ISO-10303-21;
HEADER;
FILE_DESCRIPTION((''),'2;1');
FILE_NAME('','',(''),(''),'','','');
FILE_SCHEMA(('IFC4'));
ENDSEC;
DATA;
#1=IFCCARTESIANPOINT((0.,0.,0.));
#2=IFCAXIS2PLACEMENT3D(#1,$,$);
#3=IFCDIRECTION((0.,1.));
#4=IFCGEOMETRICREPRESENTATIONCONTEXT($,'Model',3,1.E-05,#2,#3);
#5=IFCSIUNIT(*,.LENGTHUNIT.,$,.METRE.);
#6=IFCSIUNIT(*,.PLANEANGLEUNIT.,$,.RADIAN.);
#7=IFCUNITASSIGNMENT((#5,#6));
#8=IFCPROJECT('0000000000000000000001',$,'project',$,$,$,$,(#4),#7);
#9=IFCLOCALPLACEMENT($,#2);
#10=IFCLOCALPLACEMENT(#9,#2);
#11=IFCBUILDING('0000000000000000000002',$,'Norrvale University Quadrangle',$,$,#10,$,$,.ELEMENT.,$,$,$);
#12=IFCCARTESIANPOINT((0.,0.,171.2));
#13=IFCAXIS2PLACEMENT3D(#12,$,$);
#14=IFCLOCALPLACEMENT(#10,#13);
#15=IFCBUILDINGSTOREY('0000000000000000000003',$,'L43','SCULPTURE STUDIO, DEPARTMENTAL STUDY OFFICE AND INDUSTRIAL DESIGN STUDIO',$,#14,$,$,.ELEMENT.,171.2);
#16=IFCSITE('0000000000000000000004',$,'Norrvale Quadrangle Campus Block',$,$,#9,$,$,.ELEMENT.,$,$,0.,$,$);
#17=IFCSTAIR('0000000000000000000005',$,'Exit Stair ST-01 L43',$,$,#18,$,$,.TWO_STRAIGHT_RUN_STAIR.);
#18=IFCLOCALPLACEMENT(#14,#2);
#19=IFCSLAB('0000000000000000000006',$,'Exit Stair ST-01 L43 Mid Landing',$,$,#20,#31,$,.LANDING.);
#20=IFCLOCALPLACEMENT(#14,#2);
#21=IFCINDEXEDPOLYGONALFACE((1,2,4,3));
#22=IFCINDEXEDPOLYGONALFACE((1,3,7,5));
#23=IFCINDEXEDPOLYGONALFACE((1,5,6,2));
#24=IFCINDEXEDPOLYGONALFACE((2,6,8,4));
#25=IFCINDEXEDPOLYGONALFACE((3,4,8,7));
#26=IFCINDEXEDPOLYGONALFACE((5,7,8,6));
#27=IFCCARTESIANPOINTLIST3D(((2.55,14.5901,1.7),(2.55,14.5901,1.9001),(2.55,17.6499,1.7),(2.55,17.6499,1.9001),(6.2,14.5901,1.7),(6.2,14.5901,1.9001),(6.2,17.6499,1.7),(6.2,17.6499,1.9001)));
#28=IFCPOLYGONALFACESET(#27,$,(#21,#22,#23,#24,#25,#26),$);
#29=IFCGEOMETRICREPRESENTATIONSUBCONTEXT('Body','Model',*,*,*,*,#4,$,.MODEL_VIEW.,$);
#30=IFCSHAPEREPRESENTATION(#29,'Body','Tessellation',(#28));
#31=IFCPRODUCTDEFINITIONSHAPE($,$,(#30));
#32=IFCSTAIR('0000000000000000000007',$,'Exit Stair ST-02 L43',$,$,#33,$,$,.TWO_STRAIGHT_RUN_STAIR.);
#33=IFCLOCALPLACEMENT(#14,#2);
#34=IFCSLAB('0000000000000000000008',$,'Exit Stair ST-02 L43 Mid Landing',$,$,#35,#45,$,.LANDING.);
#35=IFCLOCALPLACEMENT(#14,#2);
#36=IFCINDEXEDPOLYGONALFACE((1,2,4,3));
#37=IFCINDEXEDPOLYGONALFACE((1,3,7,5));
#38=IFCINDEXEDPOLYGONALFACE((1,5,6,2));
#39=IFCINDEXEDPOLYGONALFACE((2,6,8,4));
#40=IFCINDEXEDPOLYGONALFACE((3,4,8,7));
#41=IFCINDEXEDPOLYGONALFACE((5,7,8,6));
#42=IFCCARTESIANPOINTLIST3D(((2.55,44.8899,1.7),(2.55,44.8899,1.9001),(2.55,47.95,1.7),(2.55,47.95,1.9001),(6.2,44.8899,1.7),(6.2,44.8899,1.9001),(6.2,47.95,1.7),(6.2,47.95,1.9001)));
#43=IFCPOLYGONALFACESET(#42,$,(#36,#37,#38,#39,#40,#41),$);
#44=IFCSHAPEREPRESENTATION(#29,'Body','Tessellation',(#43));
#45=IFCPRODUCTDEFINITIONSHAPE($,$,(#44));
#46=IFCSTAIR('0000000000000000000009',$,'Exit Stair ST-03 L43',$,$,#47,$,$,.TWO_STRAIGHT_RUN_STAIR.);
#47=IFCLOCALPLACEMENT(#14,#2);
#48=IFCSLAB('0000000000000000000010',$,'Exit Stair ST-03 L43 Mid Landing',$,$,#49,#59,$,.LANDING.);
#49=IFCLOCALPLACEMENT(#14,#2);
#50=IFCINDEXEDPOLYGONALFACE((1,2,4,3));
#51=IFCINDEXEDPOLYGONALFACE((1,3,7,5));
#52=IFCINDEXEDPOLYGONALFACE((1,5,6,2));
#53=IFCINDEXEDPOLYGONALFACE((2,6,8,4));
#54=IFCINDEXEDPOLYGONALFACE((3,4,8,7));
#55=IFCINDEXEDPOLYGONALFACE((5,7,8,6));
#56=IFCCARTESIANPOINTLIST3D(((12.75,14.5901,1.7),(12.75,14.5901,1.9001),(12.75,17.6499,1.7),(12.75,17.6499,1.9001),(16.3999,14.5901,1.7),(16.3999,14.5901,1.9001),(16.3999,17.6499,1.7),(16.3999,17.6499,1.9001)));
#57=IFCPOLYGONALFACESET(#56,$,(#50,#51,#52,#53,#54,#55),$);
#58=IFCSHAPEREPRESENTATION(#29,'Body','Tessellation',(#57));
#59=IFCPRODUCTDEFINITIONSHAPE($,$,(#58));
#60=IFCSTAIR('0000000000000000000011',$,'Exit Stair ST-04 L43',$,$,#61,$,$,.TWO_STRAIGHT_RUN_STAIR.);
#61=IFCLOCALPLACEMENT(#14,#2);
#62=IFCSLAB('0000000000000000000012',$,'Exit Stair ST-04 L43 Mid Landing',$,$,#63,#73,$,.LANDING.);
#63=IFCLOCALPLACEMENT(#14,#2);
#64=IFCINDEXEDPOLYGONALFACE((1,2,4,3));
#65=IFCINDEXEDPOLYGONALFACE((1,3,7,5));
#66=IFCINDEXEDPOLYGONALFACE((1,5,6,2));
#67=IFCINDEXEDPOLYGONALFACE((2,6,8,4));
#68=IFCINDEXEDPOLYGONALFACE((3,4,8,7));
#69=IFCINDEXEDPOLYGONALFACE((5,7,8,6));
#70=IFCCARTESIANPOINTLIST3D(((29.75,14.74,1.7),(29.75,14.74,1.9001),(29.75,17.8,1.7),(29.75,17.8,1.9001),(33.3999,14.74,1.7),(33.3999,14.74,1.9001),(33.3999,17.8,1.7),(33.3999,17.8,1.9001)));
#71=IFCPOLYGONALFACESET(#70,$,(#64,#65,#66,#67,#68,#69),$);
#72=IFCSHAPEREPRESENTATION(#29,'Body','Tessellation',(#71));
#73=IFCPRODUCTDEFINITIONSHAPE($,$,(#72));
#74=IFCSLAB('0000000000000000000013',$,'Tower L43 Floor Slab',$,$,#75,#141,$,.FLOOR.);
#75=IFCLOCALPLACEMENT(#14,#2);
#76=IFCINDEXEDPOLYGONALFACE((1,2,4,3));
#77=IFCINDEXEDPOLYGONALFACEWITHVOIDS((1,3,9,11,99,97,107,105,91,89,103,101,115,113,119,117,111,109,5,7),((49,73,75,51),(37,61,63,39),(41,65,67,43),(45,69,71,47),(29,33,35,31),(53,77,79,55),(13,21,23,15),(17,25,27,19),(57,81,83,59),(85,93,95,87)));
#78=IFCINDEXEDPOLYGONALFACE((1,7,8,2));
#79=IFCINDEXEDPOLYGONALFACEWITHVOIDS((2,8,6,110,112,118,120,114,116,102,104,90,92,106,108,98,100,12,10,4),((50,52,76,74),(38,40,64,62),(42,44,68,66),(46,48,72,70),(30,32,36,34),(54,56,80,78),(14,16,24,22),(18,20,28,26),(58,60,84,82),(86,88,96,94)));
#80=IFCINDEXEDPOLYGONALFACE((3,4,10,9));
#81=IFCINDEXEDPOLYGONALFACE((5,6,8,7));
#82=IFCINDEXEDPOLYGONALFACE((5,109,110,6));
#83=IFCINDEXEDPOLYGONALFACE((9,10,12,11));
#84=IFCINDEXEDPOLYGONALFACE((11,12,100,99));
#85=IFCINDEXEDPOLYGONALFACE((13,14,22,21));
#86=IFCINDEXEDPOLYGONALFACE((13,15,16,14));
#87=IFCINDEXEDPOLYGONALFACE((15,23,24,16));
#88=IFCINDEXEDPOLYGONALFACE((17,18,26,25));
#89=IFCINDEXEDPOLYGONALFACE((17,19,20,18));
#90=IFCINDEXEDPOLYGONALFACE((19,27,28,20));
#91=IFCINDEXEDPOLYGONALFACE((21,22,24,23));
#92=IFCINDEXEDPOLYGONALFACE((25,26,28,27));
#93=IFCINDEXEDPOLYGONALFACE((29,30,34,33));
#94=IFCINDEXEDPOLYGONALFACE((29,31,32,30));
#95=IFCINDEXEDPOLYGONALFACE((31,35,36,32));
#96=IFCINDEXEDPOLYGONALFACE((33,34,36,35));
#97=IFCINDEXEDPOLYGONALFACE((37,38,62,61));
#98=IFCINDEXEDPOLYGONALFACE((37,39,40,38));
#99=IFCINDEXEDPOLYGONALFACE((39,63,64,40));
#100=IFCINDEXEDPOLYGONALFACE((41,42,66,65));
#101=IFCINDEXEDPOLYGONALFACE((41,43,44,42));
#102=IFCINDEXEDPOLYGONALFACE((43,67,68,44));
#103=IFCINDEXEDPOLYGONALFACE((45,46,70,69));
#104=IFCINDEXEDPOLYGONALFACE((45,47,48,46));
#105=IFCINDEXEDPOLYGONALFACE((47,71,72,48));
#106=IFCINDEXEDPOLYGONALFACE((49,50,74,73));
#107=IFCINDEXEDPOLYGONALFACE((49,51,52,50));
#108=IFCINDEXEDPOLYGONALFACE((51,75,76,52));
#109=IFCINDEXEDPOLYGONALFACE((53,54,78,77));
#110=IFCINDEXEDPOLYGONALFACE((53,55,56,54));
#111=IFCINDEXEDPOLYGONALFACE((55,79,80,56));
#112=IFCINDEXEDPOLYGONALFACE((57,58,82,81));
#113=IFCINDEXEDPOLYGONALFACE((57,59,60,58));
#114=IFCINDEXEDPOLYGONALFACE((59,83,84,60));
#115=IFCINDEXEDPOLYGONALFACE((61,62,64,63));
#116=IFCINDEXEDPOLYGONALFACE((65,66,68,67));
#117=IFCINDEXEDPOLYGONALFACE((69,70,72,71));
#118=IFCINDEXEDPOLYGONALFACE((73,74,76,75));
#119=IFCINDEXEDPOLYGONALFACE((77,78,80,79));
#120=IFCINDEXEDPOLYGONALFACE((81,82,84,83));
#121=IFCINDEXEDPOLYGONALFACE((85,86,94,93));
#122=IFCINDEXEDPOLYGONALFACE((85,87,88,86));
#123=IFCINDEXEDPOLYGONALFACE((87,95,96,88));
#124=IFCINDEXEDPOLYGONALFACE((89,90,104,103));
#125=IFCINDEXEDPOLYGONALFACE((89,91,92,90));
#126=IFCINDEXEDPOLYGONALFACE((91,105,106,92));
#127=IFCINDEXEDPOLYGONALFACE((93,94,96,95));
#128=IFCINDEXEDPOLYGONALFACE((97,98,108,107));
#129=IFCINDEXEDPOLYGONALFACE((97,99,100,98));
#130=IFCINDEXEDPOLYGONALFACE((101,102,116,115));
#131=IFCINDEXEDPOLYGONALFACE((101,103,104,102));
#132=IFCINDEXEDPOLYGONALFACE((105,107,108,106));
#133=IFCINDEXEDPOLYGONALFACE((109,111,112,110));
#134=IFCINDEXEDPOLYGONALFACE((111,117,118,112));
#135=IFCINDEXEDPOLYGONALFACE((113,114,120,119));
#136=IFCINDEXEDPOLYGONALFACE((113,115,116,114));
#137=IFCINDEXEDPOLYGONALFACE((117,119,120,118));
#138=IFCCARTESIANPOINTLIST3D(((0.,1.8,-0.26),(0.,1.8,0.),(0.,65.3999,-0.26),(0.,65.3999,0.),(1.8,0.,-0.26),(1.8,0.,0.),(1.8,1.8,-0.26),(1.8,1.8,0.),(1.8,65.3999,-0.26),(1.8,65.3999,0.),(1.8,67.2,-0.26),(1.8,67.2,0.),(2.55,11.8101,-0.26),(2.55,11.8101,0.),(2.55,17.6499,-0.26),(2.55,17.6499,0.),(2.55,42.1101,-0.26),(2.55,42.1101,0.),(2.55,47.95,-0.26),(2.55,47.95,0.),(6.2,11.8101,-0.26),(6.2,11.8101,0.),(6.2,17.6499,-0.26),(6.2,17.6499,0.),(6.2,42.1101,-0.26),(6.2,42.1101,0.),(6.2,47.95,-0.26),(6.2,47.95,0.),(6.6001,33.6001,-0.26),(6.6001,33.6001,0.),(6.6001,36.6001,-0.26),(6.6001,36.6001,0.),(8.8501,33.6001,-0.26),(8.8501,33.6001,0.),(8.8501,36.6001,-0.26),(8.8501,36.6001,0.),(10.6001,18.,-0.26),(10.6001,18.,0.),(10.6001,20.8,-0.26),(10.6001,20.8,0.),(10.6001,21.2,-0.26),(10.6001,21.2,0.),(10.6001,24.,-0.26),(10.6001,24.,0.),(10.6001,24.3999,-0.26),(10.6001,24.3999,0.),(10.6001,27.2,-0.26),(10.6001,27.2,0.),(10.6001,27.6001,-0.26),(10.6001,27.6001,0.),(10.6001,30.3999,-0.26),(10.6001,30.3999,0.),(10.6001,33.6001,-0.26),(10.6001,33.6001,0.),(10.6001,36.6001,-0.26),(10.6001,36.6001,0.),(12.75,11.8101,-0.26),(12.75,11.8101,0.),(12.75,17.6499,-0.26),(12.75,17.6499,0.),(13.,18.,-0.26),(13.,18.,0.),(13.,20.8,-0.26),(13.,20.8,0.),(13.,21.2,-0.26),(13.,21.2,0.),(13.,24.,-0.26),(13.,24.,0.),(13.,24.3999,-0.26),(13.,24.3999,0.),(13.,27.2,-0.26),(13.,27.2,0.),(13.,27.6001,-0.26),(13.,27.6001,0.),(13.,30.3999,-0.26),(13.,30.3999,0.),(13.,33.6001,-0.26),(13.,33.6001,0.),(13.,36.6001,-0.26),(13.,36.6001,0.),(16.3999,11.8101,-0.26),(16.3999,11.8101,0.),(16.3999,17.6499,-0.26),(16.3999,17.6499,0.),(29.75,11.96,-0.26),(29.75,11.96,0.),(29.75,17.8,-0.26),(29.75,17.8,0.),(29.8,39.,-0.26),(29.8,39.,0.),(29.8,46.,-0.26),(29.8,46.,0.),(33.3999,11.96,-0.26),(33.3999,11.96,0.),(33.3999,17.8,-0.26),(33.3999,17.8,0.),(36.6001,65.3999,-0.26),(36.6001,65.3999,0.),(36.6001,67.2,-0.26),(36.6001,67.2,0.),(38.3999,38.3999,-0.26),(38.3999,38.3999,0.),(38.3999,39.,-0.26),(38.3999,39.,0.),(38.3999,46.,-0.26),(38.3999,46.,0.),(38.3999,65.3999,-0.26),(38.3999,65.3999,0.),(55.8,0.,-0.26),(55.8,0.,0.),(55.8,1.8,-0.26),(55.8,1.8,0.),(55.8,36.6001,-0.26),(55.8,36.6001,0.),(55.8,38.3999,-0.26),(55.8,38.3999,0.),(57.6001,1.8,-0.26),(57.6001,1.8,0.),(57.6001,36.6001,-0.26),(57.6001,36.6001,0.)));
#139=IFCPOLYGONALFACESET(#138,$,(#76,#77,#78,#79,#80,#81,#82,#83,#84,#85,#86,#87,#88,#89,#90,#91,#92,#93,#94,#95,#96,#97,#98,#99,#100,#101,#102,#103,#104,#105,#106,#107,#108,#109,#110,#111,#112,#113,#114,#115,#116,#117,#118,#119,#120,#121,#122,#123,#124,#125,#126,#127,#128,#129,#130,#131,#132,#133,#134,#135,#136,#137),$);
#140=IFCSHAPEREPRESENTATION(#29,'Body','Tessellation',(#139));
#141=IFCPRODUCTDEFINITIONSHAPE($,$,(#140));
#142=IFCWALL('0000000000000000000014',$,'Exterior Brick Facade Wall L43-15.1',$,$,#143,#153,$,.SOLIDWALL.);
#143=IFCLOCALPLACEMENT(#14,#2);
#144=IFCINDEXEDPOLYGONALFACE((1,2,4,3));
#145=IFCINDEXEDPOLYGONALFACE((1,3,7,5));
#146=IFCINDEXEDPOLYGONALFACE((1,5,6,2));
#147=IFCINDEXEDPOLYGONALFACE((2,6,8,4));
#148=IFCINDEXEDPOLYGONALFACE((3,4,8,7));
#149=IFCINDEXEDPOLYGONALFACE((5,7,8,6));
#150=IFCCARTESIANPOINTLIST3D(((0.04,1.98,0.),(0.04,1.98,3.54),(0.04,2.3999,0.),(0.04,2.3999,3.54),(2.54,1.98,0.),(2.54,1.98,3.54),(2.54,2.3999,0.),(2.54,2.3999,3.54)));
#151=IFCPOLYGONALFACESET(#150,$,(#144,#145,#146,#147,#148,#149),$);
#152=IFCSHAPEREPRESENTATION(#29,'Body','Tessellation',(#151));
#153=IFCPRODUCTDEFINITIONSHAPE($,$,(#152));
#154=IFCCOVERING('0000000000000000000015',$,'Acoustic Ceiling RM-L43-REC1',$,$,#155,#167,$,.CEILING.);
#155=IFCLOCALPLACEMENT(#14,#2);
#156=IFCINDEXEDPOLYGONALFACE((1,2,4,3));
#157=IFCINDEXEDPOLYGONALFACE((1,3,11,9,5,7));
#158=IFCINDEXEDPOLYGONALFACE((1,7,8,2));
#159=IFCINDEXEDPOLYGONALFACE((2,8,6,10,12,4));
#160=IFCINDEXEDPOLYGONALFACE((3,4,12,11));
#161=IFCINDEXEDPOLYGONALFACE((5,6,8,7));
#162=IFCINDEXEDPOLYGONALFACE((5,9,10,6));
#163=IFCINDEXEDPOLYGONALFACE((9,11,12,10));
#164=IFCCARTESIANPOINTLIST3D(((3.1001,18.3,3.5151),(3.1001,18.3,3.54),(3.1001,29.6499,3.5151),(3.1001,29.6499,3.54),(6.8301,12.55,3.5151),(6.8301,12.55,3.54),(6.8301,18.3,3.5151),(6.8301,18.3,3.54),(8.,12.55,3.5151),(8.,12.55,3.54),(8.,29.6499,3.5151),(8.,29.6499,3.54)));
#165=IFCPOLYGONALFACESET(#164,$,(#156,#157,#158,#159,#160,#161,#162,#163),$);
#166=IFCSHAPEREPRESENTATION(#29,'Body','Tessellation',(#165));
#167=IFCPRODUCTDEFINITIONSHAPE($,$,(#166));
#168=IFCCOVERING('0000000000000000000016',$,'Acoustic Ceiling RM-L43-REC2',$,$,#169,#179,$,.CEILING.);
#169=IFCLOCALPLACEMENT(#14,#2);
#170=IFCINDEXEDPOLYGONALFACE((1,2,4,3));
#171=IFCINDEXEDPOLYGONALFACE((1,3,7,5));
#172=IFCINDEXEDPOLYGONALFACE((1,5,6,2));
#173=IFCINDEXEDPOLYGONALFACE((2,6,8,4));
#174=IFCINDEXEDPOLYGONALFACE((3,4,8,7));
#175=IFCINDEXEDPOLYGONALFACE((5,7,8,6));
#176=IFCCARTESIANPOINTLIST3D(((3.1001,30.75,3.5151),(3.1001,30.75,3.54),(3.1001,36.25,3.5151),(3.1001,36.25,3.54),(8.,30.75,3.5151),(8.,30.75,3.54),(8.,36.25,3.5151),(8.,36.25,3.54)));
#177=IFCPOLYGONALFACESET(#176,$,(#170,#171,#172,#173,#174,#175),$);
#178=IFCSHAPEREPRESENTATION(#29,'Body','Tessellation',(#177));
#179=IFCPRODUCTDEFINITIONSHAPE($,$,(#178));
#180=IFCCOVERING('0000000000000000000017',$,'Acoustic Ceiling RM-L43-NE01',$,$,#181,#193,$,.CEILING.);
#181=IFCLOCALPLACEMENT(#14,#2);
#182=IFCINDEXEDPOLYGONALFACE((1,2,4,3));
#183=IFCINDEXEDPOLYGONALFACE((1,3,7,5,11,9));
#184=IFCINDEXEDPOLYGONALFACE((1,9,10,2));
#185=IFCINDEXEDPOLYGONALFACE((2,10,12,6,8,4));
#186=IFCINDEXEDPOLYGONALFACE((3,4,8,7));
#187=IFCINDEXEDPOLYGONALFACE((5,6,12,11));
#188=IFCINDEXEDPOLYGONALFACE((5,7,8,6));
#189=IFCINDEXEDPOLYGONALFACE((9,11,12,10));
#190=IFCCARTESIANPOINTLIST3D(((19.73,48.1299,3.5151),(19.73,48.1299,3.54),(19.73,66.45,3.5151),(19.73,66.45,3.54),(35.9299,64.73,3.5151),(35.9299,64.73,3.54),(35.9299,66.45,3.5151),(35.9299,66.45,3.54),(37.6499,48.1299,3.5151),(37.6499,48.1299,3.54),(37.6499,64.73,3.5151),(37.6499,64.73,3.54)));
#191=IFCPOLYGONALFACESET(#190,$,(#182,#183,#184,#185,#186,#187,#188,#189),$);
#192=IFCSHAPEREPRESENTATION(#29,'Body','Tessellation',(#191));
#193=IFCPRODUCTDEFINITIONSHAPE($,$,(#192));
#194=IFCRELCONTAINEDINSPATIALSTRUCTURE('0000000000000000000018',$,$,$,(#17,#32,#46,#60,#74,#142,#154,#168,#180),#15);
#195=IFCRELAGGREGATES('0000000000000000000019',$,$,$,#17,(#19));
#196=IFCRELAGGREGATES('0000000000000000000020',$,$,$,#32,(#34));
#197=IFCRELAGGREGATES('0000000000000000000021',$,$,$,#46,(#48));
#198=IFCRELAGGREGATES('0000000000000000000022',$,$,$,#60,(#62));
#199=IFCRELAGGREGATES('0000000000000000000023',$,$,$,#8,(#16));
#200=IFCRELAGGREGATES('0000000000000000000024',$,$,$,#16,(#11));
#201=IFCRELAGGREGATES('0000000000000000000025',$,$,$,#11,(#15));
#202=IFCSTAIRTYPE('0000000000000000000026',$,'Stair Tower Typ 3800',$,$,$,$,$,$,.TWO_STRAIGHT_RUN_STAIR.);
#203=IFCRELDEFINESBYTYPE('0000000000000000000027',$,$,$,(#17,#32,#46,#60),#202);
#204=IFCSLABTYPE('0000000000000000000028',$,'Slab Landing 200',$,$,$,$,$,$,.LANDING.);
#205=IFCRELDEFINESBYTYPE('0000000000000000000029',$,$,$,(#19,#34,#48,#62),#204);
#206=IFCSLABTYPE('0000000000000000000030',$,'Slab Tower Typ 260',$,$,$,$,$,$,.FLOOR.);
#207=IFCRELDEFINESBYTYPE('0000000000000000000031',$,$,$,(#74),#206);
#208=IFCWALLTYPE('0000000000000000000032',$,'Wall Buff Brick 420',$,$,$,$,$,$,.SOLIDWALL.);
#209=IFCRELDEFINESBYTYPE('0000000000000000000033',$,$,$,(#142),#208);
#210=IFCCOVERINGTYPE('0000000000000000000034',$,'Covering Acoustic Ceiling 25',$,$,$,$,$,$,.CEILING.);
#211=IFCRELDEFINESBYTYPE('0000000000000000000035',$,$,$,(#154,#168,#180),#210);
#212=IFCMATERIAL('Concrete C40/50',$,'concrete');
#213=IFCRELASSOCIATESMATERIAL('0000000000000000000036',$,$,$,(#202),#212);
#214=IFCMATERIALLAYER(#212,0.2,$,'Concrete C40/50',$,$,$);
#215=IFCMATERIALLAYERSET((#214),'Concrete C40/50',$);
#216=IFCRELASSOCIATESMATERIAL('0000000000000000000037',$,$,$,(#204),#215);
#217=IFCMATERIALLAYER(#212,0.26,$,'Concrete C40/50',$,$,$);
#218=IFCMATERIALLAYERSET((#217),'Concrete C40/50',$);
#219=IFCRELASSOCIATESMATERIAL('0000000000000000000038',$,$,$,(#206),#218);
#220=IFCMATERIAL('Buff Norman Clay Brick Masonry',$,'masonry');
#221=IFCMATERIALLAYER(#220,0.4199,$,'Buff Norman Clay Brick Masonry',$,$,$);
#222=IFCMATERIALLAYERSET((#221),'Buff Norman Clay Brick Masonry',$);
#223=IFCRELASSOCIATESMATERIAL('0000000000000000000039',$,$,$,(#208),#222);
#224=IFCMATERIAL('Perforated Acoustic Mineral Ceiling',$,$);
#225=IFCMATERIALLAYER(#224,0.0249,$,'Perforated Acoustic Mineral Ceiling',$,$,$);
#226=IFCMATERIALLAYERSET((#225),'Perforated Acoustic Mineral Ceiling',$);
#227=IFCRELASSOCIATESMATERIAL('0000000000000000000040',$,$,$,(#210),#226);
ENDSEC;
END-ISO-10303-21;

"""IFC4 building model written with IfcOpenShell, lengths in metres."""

from ifc_helpers import new_model, si_unit, direction, frame, frame_2d, origin, place, context, subcontext, project, spatial, polyline, rectangle, outline, extrude, material, layer, layer_set, type_object, element, aggregate, save


model = new_model("IFC4")

# Units and contexts
model_context = context("Model", 3, precision=1e-05, world=origin(), true_north=direction((0.0, 1.0)))
body_context = subcontext(model_context, "Body", "Model", "MODEL_VIEW")
ifc_project = project(units=[si_unit("LENGTHUNIT", "METRE"), si_unit("PLANEANGLEUNIT", "RADIAN")], contexts=[model_context])

# Site, building, storey
site_placement = place(None, origin())
site = spatial("IfcSite", under=ifc_project, at=site_placement, Name="Norrvale Quadrangle Campus Block", CompositionType="ELEMENT", RefElevation=0.0)
building_placement = place(site_placement, origin())
building = spatial("IfcBuilding", under=site, at=building_placement, Name="Norrvale University Quadrangle", CompositionType="ELEMENT")
storey_placement = place(building_placement, frame((0.0, 0.0, 171.2)))
storey = spatial("IfcBuildingStorey", under=building, at=storey_placement, Name="L43", Description="SCULPTURE STUDIO, DEPARTMENTAL STUDY OFFICE AND INDUSTRIAL DESIGN STUDIO", CompositionType="ELEMENT", Elevation=171.2)

# Stairs, slabs
ifc_material_1 = material(Name="Concrete C40/50", Category="concrete")
stair_type = type_object("IfcStairType", Name="Stair Tower Typ 3800", PredefinedType="TWO_STRAIGHT_RUN_STAIR", material=ifc_material_1)
stair_1_placement = place(storey_placement, origin())
stair_1 = element("IfcStair", 1, at=stair_1_placement, inside=storey, type_object=stair_type, Name="Exit Stair ST-01 L43", PredefinedType="TWO_STRAIGHT_RUN_STAIR")
ifc_layer_1 = layer(ifc_material_1, 0.2, Name="Concrete C40/50")
ifc_layer_set_1 = layer_set([ifc_layer_1], Name="Concrete C40/50")
slab_type_1 = type_object("IfcSlabType", Name="Slab Landing 200", PredefinedType="LANDING", material=ifc_layer_set_1)
slab_1_placement = place(storey_placement, frame((0.0, 0.0, 1.7)))
slab_1 = element("IfcSlab", 2, at=slab_1_placement, type_object=slab_type_1, Name="Exit Stair ST-01 L43 Mid Landing", PredefinedType="LANDING", context=body_context, shape_type="SweptSolid", body=[
    extrude(outline(polyline([(2.55, 14.5901), (6.2, 14.5901), (6.2, 17.6499), (2.55, 17.6499), (2.55, 14.5901)])), origin(), (0.0, 0.0, 1.0), 0.2002),
])
aggregate(stair_1, [slab_1])
stair_2_placement = place(storey_placement, origin())
stair_2 = element("IfcStair", 3, at=stair_2_placement, inside=storey, type_object=stair_type, Name="Exit Stair ST-02 L43", PredefinedType="TWO_STRAIGHT_RUN_STAIR")
slab_2_placement = place(storey_placement, frame((0.0, 0.0, 1.7)))
slab_2 = element("IfcSlab", 4, at=slab_2_placement, type_object=slab_type_1, Name="Exit Stair ST-02 L43 Mid Landing", PredefinedType="LANDING", context=body_context, shape_type="SweptSolid", body=[
    extrude(outline(polyline([(2.55, 44.8899), (6.2, 44.8899), (6.2, 47.95), (2.55, 47.95), (2.55, 44.8899)])), origin(), (0.0, 0.0, 1.0), 0.2002),
])
aggregate(stair_2, [slab_2])
stair_3_placement = place(storey_placement, origin())
stair_3 = element("IfcStair", 5, at=stair_3_placement, inside=storey, type_object=stair_type, Name="Exit Stair ST-03 L43", PredefinedType="TWO_STRAIGHT_RUN_STAIR")
slab_3_placement = place(storey_placement, frame((0.0, 0.0, 1.7)))
slab_3 = element("IfcSlab", 6, at=slab_3_placement, type_object=slab_type_1, Name="Exit Stair ST-03 L43 Mid Landing", PredefinedType="LANDING", context=body_context, shape_type="SweptSolid", body=[
    extrude(outline(polyline([(12.75, 14.5901), (16.3999, 14.5901), (16.3999, 17.6499), (12.75, 17.6499), (12.75, 14.5901)])), origin(), (0.0, 0.0, 1.0), 0.2002),
])
aggregate(stair_3, [slab_3])
stair_4_placement = place(storey_placement, origin())
stair_4 = element("IfcStair", 7, at=stair_4_placement, inside=storey, type_object=stair_type, Name="Exit Stair ST-04 L43", PredefinedType="TWO_STRAIGHT_RUN_STAIR")
slab_4_placement = place(storey_placement, frame((0.0, 0.0, 1.7)))
slab_4 = element("IfcSlab", 8, at=slab_4_placement, type_object=slab_type_1, Name="Exit Stair ST-04 L43 Mid Landing", PredefinedType="LANDING", context=body_context, shape_type="SweptSolid", body=[
    extrude(outline(polyline([(29.75, 14.74), (33.3999, 14.74), (33.3999, 17.8), (29.75, 17.8), (29.75, 14.74)])), origin(), (0.0, 0.0, 1.0), 0.2002),
])
aggregate(stair_4, [slab_4])

# Slab
ifc_layer_2 = layer(ifc_material_1, 0.26, Name="Concrete C40/50")
ifc_layer_set_2 = layer_set([ifc_layer_2], Name="Concrete C40/50")
slab_type_2 = type_object("IfcSlabType", Name="Slab Tower Typ 260", PredefinedType="FLOOR", material=ifc_layer_set_2)
slab_5_placement = place(storey_placement, frame((0.0, 0.0, -0.26)))
element("IfcSlab", 9, at=slab_5_placement, inside=storey, type_object=slab_type_2, Name="Tower L43 Floor Slab", PredefinedType="FLOOR", context=body_context, shape_type="SweptSolid", body=[
    extrude(outline(polyline([(38.3999, 38.3999), (55.8, 38.3999), (55.8, 36.6001), (57.6001, 36.6001), (57.6001, 1.8), (55.8, 1.8), (55.8, 0.0), (1.8, 0.0), (1.8, 1.8), (0.0, 1.8), (0.0, 65.3999), (1.8, 65.3999), (1.8, 67.2), (36.6001, 67.2), (36.6001, 65.3999), (38.3999, 65.3999), (38.3999, 46.0), (29.8, 46.0), (29.8, 39.0), (38.3999, 39.0), (38.3999, 38.3999)]), holes=[polyline([(2.55, 11.8101), (6.2, 11.8101), (6.2, 17.6499), (2.55, 17.6499), (2.55, 11.8101)]), polyline([(2.55, 42.1101), (6.2, 42.1101), (6.2, 47.95), (2.55, 47.95), (2.55, 42.1101)]), polyline([(12.75, 11.8101), (16.3999, 11.8101), (16.3999, 17.6499), (12.75, 17.6499), (12.75, 11.8101)]), polyline([(29.75, 11.96), (33.3999, 11.96), (33.3999, 17.8), (29.75, 17.8), (29.75, 11.96)]), polyline([(10.6001, 18.0), (13.0, 18.0), (13.0, 20.8), (10.6001, 20.8), (10.6001, 18.0)]), polyline([(10.6001, 21.2), (13.0, 21.2), (13.0, 24.0), (10.6001, 24.0), (10.6001, 21.2)]), polyline([(10.6001, 24.3999), (13.0, 24.3999), (13.0, 27.2), (10.6001, 27.2), (10.6001, 24.3999)]), polyline([(10.6001, 27.6001), (13.0, 27.6001), (13.0, 30.3999), (10.6001, 30.3999), (10.6001, 27.6001)]), polyline([(6.6001, 33.6001), (8.8501, 33.6001), (8.8501, 36.6001), (6.6001, 36.6001), (6.6001, 33.6001)]), polyline([(10.6001, 33.6001), (13.0, 33.6001), (13.0, 36.6001), (10.6001, 36.6001), (10.6001, 33.6001)])]), origin(), (0.0, 0.0, 1.0), 0.26),
])

# Wall
ifc_material_2 = material(Name="Buff Norman Clay Brick Masonry", Category="masonry")
ifc_layer_3 = layer(ifc_material_2, 0.4199, Name="Buff Norman Clay Brick Masonry")
ifc_layer_set_3 = layer_set([ifc_layer_3], Name="Buff Norman Clay Brick Masonry")
wall_type = type_object("IfcWallType", Name="Wall Buff Brick 420", PredefinedType="SOLIDWALL", material=ifc_layer_set_3)
wall_placement = place(storey_placement, frame((0.04, 2.1899, 0.0), z_axis=(0.0, 0.0, 1.0), x_axis=(1.0, 0.0, 0.0)))
element("IfcWall", 10, at=wall_placement, inside=storey, type_object=wall_type, Name="Exterior Brick Facade Wall L43-15.1", PredefinedType="SOLIDWALL", context=body_context, shape_type="SweptSolid", body=[
    extrude(rectangle(XDim=2.5, YDim=0.4199, at=frame_2d((1.25, 0.0))), origin(), (0.0, 0.0, 1.0), 3.54),
])

# Coverings
ifc_material_3 = material(Name="Perforated Acoustic Mineral Ceiling")
ifc_layer_4 = layer(ifc_material_3, 0.0249, Name="Perforated Acoustic Mineral Ceiling")
ifc_layer_set_4 = layer_set([ifc_layer_4], Name="Perforated Acoustic Mineral Ceiling")
covering_type_1 = type_object("IfcCoveringType", Name="Covering Acoustic Ceiling 25", PredefinedType="CEILING", material=ifc_layer_set_4)
covering_1_placement = place(storey_placement, frame((0.0, 0.0, 3.5151)))
element("IfcCovering", 11, at=covering_1_placement, inside=storey, type_object=covering_type_1, Name="Acoustic Ceiling RM-L43-REC1", PredefinedType="CEILING", context=body_context, shape_type="SweptSolid", body=[
    extrude(outline(polyline([(3.1001, 18.3), (3.1001, 29.6499), (8.0, 29.6499), (8.0, 12.55), (6.8301, 12.55), (6.8301, 18.3), (3.1001, 18.3)])), origin(), (0.0, 0.0, 1.0), 0.0249),
])
covering_2_placement = place(storey_placement, frame((0.0, 0.0, 3.5151)))
element("IfcCovering", 12, at=covering_2_placement, inside=storey, type_object=covering_type_1, Name="Acoustic Ceiling RM-L43-REC2", PredefinedType="CEILING", context=body_context, shape_type="SweptSolid", body=[
    extrude(outline(polyline([(3.1001, 30.75), (3.1001, 36.25), (8.0, 36.25), (8.0, 30.75), (3.1001, 30.75)])), origin(), (0.0, 0.0, 1.0), 0.0249),
])
covering_3_placement = place(storey_placement, frame((0.0, 0.0, 3.5151)))
element("IfcCovering", 13, at=covering_3_placement, inside=storey, type_object=covering_type_1, Name="Acoustic Ceiling RM-L43-NE01", PredefinedType="CEILING", context=body_context, shape_type="SweptSolid", body=[
    extrude(outline(polyline([(37.6499, 48.1299), (19.73, 48.1299), (19.73, 66.45), (35.9299, 66.45), (35.9299, 64.73), (37.6499, 64.73), (37.6499, 48.1299)])), origin(), (0.0, 0.0, 1.0), 0.0249),
])

save(model, "model.ifc")
